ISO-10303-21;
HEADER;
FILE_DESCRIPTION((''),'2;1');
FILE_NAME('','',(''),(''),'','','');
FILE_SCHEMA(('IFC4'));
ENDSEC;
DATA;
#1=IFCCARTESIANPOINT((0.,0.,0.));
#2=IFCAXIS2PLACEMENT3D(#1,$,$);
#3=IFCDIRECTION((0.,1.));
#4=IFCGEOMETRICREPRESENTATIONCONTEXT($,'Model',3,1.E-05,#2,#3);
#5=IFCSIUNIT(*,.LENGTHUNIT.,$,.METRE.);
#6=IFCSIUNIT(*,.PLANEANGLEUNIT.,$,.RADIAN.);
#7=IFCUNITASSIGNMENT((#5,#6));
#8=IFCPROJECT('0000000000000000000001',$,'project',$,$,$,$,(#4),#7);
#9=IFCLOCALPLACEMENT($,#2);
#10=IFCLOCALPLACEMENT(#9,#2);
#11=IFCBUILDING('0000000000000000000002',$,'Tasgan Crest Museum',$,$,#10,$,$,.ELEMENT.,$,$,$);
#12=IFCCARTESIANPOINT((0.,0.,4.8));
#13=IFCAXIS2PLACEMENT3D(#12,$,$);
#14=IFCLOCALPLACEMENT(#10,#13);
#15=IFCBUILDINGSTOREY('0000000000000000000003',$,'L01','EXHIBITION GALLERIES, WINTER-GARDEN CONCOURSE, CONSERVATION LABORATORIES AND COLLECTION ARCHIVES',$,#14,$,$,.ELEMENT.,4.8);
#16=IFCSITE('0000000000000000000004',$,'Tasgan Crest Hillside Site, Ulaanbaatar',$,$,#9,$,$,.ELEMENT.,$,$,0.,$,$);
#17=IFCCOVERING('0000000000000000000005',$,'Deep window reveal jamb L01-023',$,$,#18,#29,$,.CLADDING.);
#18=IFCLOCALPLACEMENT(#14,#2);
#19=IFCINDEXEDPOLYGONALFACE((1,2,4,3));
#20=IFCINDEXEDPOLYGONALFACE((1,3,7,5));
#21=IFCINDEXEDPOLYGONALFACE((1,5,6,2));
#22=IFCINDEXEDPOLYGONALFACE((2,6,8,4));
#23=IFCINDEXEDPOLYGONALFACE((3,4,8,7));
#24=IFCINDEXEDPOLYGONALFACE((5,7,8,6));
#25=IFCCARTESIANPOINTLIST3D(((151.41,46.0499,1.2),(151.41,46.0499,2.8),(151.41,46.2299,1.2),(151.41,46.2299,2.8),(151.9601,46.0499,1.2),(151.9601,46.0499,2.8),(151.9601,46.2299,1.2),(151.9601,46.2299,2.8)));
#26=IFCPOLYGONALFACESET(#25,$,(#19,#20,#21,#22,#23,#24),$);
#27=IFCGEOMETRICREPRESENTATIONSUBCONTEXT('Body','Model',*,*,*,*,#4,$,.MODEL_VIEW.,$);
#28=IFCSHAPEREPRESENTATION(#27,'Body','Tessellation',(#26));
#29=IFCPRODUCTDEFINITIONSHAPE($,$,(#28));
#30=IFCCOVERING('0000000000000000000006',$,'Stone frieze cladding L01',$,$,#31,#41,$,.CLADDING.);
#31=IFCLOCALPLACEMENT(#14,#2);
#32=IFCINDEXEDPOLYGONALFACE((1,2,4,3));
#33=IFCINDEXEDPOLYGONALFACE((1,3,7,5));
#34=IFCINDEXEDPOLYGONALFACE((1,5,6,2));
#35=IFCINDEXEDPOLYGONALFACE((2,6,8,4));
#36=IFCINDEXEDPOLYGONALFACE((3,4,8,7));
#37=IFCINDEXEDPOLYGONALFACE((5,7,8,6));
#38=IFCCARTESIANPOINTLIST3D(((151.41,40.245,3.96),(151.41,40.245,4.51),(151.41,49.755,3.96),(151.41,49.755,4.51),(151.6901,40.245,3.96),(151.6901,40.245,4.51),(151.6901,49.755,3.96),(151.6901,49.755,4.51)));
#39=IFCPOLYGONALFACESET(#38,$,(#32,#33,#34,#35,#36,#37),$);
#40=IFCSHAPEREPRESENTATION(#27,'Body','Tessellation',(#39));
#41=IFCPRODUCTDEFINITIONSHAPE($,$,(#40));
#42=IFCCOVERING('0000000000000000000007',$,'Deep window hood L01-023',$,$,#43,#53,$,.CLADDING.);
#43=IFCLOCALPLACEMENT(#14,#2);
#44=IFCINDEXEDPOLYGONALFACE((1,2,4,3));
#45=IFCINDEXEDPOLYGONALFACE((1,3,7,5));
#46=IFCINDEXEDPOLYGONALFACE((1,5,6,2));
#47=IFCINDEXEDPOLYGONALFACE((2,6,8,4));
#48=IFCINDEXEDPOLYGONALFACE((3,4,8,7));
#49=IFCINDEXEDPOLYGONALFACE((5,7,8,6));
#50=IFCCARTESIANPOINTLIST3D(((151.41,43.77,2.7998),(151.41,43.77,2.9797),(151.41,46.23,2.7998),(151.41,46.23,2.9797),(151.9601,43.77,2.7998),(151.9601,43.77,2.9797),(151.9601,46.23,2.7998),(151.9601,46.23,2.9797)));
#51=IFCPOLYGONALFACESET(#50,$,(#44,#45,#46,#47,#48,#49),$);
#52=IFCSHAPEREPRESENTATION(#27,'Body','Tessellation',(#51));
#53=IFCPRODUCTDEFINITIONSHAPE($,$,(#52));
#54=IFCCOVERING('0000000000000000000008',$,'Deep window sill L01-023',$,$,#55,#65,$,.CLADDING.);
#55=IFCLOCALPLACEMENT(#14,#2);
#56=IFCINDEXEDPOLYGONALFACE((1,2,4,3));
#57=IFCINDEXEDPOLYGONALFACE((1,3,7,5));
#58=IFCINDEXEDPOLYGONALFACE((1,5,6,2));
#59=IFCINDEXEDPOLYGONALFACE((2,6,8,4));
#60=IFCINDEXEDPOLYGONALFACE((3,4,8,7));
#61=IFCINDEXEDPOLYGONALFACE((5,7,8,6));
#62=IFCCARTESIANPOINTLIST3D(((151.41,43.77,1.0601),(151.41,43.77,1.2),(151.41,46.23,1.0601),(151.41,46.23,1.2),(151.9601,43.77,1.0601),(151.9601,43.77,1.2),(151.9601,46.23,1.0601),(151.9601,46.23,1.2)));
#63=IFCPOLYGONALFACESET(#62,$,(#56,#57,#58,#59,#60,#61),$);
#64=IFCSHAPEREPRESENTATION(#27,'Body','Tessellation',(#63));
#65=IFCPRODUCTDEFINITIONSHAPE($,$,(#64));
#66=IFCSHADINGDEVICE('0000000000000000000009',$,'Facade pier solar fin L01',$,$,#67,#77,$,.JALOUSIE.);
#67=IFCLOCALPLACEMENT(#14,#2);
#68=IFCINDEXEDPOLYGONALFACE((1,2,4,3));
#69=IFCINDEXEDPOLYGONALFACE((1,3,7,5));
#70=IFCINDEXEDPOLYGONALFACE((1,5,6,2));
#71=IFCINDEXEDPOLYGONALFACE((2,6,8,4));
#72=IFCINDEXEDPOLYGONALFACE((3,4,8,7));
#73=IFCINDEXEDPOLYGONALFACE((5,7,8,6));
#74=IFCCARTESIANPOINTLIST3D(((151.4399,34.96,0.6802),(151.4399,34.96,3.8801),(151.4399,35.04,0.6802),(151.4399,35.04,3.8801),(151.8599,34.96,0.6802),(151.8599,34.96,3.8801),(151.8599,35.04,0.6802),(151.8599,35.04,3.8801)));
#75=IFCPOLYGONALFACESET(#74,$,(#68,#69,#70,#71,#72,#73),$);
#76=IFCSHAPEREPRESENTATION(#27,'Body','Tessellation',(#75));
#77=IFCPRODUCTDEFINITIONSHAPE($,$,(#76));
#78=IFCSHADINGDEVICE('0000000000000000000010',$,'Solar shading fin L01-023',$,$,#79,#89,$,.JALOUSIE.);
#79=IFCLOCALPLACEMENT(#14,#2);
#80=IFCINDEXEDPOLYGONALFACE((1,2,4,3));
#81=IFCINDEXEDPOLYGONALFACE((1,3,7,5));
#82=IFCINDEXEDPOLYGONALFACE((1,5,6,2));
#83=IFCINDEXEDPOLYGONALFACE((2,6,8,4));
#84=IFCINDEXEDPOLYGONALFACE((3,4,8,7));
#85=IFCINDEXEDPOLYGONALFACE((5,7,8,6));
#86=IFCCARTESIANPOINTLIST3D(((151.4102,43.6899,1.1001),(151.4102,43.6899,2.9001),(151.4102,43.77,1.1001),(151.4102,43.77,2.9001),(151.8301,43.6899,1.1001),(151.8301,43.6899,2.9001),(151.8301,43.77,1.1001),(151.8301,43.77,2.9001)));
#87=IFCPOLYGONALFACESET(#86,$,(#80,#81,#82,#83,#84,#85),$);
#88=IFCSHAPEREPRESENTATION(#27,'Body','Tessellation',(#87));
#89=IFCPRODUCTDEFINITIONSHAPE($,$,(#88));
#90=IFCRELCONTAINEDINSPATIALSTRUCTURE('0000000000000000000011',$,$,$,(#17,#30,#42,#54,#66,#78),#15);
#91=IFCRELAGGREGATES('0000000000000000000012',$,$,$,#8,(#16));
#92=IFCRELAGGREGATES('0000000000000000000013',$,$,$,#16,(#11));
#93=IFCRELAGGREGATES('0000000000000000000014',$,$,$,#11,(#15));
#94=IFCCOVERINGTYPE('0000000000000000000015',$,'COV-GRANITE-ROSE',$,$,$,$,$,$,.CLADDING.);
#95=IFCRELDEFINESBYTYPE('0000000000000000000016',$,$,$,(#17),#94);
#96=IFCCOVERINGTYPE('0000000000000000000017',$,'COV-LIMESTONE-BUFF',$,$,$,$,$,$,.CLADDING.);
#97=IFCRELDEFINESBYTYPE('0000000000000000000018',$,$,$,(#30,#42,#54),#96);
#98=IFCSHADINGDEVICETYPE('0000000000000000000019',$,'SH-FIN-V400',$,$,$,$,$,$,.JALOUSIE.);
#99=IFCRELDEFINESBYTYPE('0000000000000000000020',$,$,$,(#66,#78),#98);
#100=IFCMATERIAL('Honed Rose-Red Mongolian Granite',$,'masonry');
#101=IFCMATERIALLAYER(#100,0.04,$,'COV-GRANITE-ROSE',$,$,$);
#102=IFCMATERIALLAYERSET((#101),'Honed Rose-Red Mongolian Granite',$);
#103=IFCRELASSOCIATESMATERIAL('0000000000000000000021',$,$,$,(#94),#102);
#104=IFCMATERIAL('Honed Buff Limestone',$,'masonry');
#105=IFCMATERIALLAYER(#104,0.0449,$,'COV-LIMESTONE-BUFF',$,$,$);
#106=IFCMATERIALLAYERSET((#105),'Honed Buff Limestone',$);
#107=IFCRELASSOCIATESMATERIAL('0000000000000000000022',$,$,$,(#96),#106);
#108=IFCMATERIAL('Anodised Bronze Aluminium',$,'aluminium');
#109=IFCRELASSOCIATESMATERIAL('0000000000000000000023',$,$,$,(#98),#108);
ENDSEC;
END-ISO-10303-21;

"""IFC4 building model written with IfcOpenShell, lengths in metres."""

from ifc_helpers import new_model, si_unit, direction, frame, origin, origin_2d, place, context, subcontext, project, spatial, rectangle, extrude, material, layer, layer_set, type_object, element, save


model = new_model("IFC4")

# Units and contexts
model_context = context("Model", 3, precision=1e-05, world=origin(), true_north=direction((0.0, 1.0)))
body_context = subcontext(model_context, "Body", "Model", "MODEL_VIEW")
ifc_project = project(units=[si_unit("LENGTHUNIT", "METRE"), si_unit("PLANEANGLEUNIT", "RADIAN")], contexts=[model_context])

# Site, building, storey
site_placement = place(None, origin())
site = spatial("IfcSite", under=ifc_project, at=site_placement, Name="Tasgan Crest Hillside Site, Ulaanbaatar", CompositionType="ELEMENT", RefElevation=0.0)
building_placement = place(site_placement, origin())
building = spatial("IfcBuilding", under=site, at=building_placement, Name="Tasgan Crest Museum", CompositionType="ELEMENT")
storey_placement = place(building_placement, frame((0.0, 0.0, 4.8)))
storey = spatial("IfcBuildingStorey", under=building, at=storey_placement, Name="L01", Description="EXHIBITION GALLERIES, WINTER-GARDEN CONCOURSE, CONSERVATION LABORATORIES AND COLLECTION ARCHIVES", CompositionType="ELEMENT", Elevation=4.8)

# Coverings
ifc_material_1 = material(Name="Honed Rose-Red Mongolian Granite", Category="masonry")
ifc_layer_1 = layer(ifc_material_1, 0.04, Name="COV-GRANITE-ROSE")
ifc_layer_set_1 = layer_set([ifc_layer_1], Name="Honed Rose-Red Mongolian Granite")
covering_type_1 = type_object("IfcCoveringType", Name="COV-GRANITE-ROSE", PredefinedType="CLADDING", material=ifc_layer_set_1)
for number, where, z_axis, x_axis, name in (
    (1, (151.6851, 46.1399, 1.2), (0.0, 0.0, 1.0), (0.0, 1.0, 0.0), "Deep window reveal jamb L01-023"),
):
    element("IfcCovering", number, at=place(storey_placement, frame(where, z_axis=z_axis, x_axis=x_axis)), inside=storey, type_object=covering_type_1, Name=name, PredefinedType="CLADDING", context=body_context, shape_type="SweptSolid", body=[
        extrude(rectangle(XDim=0.1799, YDim=0.55, at=origin_2d()), origin(), (0.0, 0.0, 1.0), 1.6001),
    ])
ifc_material_2 = material(Name="Honed Buff Limestone", Category="masonry")
ifc_layer_2 = layer(ifc_material_2, 0.0449, Name="COV-LIMESTONE-BUFF")
ifc_layer_set_2 = layer_set([ifc_layer_2], Name="Honed Buff Limestone")
covering_type_2 = type_object("IfcCoveringType", Name="COV-LIMESTONE-BUFF", PredefinedType="CLADDING", material=ifc_layer_set_2)
covering_1_placement = place(storey_placement, frame((151.55, 45.0, 3.96), z_axis=(0.0, 0.0, 1.0), x_axis=(0.0, 1.0, 0.0)))
element("IfcCovering", 2, at=covering_1_placement, inside=storey, type_object=covering_type_2, Name="Stone frieze cladding L01", PredefinedType="CLADDING", context=body_context, shape_type="SweptSolid", body=[
    extrude(rectangle(XDim=9.51, YDim=0.28, at=origin_2d()), origin(), (0.0, 0.0, 1.0), 0.55),
])
covering_2_placement = place(storey_placement, frame((151.6851, 45.0, 2.7998), z_axis=(0.0, 0.0, 1.0), x_axis=(0.0, 1.0, 0.0)))
element("IfcCovering", 3, at=covering_2_placement, inside=storey, type_object=covering_type_2, Name="Deep window hood L01-023", PredefinedType="CLADDING", context=body_context, shape_type="SweptSolid", body=[
    extrude(rectangle(XDim=2.46, YDim=0.55, at=origin_2d()), origin(), (0.0, 0.0, 1.0), 0.1799),
])
covering_3_placement = place(storey_placement, frame((151.6851, 45.0, 1.0601), z_axis=(0.0, 0.0, 1.0), x_axis=(0.0, 1.0, 0.0)))
element("IfcCovering", 4, at=covering_3_placement, inside=storey, type_object=covering_type_2, Name="Deep window sill L01-023", PredefinedType="CLADDING", context=body_context, shape_type="SweptSolid", body=[
    extrude(rectangle(XDim=2.46, YDim=0.55, at=origin_2d()), origin(), (0.0, 0.0, 1.0), 0.1399),
])

# Shading devices
ifc_material_3 = material(Name="Anodised Bronze Aluminium", Category="aluminium")
shading_device_type = type_object("IfcShadingDeviceType", Name="SH-FIN-V400", PredefinedType="JALOUSIE", material=ifc_material_3)
shading_device_1_placement = place(storey_placement, frame((151.6499, 35.0, 0.6802), z_axis=(0.0, 0.0, 1.0), x_axis=(0.0, 1.0, 0.0)))
element("IfcShadingDevice", 5, at=shading_device_1_placement, inside=storey, type_object=shading_device_type, Name="Facade pier solar fin L01", PredefinedType="JALOUSIE", context=body_context, shape_type="SweptSolid", body=[
    extrude(rectangle(XDim=0.0801, YDim=0.4199, at=origin_2d()), origin(), (0.0, 0.0, 1.0), 3.2),
])
shading_device_2_placement = place(storey_placement, frame((151.6201, 43.73, 1.1001), z_axis=(0.0, 0.0, 1.0), x_axis=(0.0, 1.0, 0.0)))
element("IfcShadingDevice", 6, at=shading_device_2_placement, inside=storey, type_object=shading_device_type, Name="Solar shading fin L01-023", PredefinedType="JALOUSIE", context=body_context, shape_type="SweptSolid", body=[
    extrude(rectangle(XDim=0.0801, YDim=0.4199, at=origin_2d()), origin(), (0.0, 0.0, 1.0), 1.8),
])

save(model, "model.ifc")
